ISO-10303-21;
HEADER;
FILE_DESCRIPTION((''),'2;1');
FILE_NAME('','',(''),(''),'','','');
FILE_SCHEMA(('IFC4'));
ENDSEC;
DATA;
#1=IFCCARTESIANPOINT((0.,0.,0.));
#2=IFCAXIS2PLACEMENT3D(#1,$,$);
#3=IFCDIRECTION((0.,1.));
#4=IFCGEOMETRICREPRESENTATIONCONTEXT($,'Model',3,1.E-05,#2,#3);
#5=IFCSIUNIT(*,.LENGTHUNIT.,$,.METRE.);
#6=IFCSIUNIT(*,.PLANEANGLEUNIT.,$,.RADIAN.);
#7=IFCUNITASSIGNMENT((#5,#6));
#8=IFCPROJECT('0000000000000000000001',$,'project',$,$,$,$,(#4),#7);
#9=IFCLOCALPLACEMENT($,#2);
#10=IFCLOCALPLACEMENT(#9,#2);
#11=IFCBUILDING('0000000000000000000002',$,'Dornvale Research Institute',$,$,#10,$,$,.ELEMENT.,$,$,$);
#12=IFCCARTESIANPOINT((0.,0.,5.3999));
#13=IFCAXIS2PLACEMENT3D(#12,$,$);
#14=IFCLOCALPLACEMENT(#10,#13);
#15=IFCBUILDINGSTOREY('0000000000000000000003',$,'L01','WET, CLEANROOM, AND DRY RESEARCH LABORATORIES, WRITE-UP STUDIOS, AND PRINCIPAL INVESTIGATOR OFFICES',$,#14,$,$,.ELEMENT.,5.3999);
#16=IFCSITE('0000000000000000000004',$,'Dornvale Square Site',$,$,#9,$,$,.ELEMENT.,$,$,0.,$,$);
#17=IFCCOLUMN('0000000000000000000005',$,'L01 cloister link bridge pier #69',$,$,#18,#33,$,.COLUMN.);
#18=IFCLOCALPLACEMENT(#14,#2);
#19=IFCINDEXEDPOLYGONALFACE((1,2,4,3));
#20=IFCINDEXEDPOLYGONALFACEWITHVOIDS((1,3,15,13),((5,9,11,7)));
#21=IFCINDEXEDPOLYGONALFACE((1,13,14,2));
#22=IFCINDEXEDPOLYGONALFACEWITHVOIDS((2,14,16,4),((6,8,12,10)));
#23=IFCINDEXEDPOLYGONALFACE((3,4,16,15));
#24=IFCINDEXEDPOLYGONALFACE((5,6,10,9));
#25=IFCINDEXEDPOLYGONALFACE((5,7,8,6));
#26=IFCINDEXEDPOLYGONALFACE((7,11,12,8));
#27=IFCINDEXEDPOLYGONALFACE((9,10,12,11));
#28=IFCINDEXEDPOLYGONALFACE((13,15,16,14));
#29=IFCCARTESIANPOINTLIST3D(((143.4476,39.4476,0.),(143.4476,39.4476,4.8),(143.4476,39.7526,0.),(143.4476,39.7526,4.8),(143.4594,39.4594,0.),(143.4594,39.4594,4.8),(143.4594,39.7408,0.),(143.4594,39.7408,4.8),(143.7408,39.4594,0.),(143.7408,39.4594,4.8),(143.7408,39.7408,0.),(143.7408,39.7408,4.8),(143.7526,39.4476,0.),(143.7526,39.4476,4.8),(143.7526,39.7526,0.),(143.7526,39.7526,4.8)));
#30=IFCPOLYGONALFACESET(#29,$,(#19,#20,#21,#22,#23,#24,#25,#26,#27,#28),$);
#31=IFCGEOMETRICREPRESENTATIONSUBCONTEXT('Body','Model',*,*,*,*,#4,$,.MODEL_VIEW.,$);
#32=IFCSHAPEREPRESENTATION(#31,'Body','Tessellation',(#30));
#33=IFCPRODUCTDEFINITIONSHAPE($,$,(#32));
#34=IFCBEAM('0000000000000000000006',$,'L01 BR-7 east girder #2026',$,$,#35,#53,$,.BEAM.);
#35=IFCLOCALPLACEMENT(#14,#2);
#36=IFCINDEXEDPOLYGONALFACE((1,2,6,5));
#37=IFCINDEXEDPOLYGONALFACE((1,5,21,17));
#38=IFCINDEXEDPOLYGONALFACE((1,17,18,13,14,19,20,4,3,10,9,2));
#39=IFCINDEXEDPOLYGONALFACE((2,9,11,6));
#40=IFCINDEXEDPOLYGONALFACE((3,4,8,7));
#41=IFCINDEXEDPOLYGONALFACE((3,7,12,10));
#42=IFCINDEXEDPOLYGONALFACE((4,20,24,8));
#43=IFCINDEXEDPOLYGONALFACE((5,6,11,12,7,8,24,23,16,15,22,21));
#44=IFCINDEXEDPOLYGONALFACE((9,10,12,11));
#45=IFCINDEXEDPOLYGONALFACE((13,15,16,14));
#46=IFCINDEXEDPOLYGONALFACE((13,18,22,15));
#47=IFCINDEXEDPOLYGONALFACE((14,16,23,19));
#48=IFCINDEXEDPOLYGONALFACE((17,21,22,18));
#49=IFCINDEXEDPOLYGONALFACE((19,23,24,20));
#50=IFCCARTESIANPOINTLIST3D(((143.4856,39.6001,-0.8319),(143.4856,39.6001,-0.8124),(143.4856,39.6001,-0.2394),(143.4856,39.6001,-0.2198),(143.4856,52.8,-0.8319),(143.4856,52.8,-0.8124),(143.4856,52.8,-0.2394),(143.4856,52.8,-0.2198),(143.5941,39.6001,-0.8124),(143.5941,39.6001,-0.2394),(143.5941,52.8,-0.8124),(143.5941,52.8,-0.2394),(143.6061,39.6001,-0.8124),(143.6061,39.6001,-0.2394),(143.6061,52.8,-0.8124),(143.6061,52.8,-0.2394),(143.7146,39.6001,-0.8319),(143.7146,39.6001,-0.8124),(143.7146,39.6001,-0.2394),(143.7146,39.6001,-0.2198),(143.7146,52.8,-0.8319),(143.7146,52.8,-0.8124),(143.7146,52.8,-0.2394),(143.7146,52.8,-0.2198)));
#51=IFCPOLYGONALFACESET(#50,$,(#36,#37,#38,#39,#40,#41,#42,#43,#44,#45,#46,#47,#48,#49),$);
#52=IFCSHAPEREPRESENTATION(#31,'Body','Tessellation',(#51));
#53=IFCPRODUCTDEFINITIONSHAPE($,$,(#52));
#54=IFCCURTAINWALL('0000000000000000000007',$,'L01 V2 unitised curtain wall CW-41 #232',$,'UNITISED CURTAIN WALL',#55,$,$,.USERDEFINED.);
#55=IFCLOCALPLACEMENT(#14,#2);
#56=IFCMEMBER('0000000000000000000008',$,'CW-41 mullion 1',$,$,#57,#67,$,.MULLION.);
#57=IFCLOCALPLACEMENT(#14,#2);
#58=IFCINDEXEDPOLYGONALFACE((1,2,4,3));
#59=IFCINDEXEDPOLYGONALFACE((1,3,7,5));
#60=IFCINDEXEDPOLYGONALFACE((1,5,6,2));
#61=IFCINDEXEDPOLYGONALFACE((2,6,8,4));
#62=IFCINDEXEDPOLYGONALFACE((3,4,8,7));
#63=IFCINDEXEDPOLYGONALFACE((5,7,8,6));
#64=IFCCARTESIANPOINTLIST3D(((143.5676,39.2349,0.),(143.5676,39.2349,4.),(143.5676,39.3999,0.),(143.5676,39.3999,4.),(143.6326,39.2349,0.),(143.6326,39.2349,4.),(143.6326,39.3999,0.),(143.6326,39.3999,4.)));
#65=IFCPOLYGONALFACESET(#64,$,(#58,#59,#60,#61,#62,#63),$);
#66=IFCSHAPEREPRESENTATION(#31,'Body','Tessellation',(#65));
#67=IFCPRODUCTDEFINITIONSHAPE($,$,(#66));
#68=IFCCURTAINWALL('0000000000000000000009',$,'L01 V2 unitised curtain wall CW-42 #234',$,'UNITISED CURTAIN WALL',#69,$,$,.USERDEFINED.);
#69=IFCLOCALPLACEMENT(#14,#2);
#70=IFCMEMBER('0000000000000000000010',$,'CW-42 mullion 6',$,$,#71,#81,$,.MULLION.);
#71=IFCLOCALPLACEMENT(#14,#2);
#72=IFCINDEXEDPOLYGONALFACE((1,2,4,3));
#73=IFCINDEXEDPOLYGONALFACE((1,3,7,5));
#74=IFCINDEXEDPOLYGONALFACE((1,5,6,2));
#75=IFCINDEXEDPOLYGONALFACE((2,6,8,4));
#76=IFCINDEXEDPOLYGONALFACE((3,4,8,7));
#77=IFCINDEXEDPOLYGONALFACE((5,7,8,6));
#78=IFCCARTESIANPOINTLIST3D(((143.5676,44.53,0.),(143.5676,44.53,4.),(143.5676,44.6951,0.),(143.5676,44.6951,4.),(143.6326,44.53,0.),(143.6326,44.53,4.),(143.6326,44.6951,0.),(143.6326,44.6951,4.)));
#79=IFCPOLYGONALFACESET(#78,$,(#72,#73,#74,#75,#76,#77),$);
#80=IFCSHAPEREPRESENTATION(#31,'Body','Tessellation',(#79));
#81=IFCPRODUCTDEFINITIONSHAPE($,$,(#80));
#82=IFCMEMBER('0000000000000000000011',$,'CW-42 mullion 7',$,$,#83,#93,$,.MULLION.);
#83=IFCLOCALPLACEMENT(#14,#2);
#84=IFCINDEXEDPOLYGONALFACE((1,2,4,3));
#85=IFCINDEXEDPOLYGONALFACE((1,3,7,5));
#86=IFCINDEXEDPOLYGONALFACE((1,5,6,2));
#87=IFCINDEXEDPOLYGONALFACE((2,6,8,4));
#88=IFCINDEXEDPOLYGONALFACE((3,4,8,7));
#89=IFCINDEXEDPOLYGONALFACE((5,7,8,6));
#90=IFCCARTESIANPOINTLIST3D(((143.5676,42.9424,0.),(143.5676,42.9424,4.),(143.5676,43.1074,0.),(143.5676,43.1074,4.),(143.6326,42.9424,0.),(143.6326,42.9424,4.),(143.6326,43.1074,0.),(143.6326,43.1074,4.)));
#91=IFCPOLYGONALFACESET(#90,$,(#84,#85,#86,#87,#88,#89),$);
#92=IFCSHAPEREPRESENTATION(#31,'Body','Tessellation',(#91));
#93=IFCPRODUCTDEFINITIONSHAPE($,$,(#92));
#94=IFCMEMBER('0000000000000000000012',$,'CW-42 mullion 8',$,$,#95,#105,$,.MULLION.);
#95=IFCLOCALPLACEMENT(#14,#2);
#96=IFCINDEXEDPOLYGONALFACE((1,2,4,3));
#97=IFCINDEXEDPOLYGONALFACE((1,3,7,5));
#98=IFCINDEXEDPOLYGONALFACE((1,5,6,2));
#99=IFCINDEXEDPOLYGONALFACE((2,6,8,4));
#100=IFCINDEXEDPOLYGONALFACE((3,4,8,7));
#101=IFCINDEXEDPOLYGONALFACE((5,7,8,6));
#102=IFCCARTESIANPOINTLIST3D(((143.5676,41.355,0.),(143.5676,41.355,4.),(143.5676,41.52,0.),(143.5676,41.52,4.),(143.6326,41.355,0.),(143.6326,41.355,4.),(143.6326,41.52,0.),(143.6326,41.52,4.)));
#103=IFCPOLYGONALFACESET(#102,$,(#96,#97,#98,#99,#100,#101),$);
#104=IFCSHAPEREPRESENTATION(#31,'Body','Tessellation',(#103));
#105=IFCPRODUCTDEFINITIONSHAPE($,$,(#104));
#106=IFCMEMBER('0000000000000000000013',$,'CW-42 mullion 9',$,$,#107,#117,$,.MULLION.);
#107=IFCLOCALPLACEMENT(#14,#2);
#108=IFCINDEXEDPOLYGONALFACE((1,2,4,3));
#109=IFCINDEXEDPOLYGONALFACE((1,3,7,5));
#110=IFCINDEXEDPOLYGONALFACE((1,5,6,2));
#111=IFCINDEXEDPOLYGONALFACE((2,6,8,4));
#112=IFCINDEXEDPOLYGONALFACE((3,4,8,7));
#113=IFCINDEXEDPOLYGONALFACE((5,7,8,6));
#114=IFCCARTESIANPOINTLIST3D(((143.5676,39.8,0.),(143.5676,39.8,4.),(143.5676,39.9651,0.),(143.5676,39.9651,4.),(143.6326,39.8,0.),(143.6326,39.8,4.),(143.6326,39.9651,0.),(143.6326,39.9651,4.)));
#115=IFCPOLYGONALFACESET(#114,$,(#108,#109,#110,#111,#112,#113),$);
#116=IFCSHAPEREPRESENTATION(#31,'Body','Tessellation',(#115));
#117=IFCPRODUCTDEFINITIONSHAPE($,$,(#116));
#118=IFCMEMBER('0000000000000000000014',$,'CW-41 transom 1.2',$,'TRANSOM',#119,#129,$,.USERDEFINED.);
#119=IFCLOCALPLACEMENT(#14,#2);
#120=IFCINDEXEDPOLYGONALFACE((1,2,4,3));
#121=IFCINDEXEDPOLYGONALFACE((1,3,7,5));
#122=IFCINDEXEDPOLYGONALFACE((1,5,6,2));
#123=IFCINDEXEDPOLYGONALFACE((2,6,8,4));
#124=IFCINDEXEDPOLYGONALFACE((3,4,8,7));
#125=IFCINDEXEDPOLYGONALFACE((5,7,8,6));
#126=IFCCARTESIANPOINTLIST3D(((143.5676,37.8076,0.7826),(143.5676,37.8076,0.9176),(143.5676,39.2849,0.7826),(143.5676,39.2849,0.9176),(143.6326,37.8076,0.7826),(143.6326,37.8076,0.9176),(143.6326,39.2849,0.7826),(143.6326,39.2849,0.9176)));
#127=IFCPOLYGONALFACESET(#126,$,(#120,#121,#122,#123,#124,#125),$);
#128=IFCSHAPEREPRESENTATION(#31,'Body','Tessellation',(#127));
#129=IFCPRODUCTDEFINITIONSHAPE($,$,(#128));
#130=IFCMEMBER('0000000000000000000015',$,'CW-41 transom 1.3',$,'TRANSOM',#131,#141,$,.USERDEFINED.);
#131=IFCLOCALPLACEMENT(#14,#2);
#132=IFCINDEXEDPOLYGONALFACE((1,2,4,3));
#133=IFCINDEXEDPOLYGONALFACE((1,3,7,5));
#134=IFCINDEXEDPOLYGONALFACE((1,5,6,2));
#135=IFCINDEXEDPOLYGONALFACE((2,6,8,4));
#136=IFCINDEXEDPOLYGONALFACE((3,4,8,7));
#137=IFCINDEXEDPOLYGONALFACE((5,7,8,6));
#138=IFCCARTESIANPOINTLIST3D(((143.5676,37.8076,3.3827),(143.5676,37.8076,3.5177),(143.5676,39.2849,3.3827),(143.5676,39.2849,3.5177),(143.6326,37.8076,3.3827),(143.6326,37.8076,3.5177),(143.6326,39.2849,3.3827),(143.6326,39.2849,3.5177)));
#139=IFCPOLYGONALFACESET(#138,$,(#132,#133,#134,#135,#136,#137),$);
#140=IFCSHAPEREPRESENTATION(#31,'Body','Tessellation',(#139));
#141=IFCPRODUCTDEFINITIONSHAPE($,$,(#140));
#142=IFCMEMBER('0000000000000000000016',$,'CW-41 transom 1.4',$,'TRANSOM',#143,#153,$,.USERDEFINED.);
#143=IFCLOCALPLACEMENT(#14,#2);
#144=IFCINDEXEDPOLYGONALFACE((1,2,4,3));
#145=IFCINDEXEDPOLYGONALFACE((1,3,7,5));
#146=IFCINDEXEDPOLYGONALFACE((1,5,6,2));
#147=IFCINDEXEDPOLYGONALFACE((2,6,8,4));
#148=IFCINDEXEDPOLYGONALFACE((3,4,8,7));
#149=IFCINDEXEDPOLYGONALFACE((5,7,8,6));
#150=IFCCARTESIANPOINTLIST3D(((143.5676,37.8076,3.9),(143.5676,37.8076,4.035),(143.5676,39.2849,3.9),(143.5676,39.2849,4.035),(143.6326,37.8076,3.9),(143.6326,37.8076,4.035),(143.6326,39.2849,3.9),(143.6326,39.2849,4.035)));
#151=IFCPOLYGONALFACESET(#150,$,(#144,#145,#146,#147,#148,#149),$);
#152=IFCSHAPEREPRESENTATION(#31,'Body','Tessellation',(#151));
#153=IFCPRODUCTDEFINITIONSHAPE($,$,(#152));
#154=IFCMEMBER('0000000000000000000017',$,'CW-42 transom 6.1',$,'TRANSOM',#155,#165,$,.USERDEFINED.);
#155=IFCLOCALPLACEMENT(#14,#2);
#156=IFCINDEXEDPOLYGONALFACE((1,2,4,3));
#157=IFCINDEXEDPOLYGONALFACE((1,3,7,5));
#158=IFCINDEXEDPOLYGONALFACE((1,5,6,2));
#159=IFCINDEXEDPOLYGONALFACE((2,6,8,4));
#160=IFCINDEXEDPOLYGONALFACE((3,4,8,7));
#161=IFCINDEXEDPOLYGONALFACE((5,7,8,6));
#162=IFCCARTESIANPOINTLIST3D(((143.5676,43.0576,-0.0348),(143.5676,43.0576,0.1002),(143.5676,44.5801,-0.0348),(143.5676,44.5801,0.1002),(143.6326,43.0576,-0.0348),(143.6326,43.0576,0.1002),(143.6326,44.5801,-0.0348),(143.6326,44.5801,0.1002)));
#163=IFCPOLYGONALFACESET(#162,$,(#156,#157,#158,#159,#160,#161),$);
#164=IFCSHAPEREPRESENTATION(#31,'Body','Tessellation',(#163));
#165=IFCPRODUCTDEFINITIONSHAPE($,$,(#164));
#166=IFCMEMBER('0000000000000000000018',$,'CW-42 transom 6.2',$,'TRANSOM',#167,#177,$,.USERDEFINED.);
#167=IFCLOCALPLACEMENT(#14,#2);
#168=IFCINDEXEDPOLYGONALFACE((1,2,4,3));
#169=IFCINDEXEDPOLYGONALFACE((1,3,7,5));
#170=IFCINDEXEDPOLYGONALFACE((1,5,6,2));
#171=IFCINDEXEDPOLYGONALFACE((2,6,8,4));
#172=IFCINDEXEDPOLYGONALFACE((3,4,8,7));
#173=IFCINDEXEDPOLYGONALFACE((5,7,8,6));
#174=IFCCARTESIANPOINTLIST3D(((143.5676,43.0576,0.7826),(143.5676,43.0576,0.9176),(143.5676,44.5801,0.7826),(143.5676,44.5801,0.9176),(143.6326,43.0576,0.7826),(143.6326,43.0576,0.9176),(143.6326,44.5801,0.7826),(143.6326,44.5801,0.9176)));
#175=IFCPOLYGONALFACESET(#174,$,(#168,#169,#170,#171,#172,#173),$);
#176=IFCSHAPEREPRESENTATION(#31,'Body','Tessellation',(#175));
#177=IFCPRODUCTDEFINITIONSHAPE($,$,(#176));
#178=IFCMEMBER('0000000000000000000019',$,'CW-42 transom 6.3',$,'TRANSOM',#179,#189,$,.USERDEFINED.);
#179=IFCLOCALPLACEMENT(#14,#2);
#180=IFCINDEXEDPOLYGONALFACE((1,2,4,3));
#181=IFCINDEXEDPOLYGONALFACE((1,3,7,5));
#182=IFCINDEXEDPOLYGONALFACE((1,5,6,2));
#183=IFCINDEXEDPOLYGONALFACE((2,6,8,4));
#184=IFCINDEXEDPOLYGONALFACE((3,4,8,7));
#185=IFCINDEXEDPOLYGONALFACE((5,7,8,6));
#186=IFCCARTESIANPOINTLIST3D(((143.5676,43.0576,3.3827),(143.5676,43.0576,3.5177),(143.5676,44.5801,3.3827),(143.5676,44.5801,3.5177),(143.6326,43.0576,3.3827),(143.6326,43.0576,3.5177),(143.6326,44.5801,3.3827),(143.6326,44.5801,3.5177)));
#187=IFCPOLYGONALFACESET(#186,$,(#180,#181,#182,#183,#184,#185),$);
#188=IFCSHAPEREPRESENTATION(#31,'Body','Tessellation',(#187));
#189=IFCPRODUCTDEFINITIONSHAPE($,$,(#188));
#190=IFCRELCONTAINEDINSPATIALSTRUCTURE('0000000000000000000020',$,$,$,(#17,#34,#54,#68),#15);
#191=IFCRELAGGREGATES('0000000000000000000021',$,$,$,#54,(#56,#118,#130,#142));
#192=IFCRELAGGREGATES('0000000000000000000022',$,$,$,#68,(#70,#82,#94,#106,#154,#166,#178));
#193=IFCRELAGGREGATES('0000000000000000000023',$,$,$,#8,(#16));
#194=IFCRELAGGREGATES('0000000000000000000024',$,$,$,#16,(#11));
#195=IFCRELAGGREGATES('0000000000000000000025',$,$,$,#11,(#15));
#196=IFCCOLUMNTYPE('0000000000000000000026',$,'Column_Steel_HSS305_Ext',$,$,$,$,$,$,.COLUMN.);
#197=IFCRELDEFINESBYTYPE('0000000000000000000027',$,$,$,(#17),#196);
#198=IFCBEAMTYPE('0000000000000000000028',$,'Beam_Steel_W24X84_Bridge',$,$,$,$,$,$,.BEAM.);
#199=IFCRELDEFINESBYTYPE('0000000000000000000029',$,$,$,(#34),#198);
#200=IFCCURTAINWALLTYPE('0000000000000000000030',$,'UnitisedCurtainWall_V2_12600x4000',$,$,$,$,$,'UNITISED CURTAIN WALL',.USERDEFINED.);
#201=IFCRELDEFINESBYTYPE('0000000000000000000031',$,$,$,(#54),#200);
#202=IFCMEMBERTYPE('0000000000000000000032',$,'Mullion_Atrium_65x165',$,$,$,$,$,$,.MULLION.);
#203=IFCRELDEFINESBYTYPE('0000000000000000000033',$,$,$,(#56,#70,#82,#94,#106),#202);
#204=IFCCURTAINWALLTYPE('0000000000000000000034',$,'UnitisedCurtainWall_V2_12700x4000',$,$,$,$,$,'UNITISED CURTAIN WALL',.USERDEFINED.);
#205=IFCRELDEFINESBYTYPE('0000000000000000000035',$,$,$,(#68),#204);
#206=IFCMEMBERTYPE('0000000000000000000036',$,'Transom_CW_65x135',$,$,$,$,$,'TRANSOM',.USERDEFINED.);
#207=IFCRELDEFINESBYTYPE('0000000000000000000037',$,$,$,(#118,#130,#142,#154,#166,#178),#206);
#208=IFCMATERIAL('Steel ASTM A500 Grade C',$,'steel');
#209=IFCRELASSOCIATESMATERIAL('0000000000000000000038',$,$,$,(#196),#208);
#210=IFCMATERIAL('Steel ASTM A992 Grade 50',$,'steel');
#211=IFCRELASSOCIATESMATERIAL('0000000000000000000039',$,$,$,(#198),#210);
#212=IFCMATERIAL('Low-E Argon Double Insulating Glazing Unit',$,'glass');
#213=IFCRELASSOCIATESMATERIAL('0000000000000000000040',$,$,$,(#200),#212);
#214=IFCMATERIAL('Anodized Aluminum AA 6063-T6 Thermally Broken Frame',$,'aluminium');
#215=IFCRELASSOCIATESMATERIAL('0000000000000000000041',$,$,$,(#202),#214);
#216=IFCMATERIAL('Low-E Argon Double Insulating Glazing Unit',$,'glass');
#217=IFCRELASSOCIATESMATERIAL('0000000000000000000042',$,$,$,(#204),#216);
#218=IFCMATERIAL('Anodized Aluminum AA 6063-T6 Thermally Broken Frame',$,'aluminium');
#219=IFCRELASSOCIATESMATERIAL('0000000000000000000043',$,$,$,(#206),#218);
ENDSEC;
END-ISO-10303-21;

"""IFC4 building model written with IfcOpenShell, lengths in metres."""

from ifc_helpers import new_model, si_unit, direction, frame, origin, origin_2d, place, context, subcontext, project, spatial, rectangle, hollow_rectangle, i_section, extrude, material, material_profile, profile_set, type_object, element, aggregate, save


model = new_model("IFC4")

# Units and contexts
model_context = context("Model", 3, precision=1e-05, world=origin(), true_north=direction((0.0, 1.0)))
body_context = subcontext(model_context, "Body", "Model", "MODEL_VIEW")
ifc_project = project(units=[si_unit("LENGTHUNIT", "METRE"), si_unit("PLANEANGLEUNIT", "RADIAN")], contexts=[model_context])

# Site, building, storey
site_placement = place(None, origin())
site = spatial("IfcSite", under=ifc_project, at=site_placement, Name="Dornvale Square Site", CompositionType="ELEMENT", RefElevation=0.0)
building_placement = place(site_placement, origin())
building = spatial("IfcBuilding", under=site, at=building_placement, Name="Dornvale Research Institute", CompositionType="ELEMENT")
storey_placement = place(building_placement, frame((0.0, 0.0, 5.3999)))
storey = spatial("IfcBuildingStorey", under=building, at=storey_placement, Name="L01", Description="WET, CLEANROOM, AND DRY RESEARCH LABORATORIES, WRITE-UP STUDIOS, AND PRINCIPAL INVESTIGATOR OFFICES", CompositionType="ELEMENT", Elevation=5.3999)

# Column
ifc_material_1 = material(Name="Steel ASTM A500 Grade C", Category="steel")
ifc_material_profile_1 = material_profile(ifc_material_1, hollow_rectangle(XDim=0.3049, YDim=0.3049, WallThickness=0.0117, at=origin_2d()), Name="HSS305X305X12.7")
ifc_profile_set_1 = profile_set([ifc_material_profile_1], Name="Steel ASTM A500 Grade C")
column_type = type_object("IfcColumnType", Name="Column_Steel_HSS305_Ext", PredefinedType="COLUMN", material=ifc_profile_set_1)
column_placement = place(storey_placement, frame((143.6001, 39.6001, 0.0), z_axis=(0.0, 0.0, 1.0), x_axis=(1.0, 0.0, 0.0)))
element("IfcColumn", 1, at=column_placement, inside=storey, type_object=column_type, Name="L01 cloister link bridge pier #69", PredefinedType="COLUMN", context=body_context, shape_type="SweptSolid", body=[
    extrude(hollow_rectangle(XDim=0.3049, YDim=0.3049, WallThickness=0.0117, at=origin_2d()), origin(), (0.0, 0.0, 1.0), 4.8),
])

# Beam
ifc_material_2 = material(Name="Steel ASTM A992 Grade 50", Category="steel")
ifc_material_profile_2 = material_profile(ifc_material_2, i_section(OverallWidth=0.229, OverallDepth=0.6121, WebThickness=0.012, FlangeThickness=0.0195, at=origin_2d()), Name="W24X84")
ifc_profile_set_2 = profile_set([ifc_material_profile_2], Name="Steel ASTM A992 Grade 50")
beam_type = type_object("IfcBeamType", Name="Beam_Steel_W24X84_Bridge", PredefinedType="BEAM", material=ifc_profile_set_2)
beam_placement = place(storey_placement, frame((143.6001, 39.6001, -0.5259), z_axis=(0.0, 1.0, 0.0), x_axis=(-1.0, 0.0, 0.0)))
element("IfcBeam", 2, at=beam_placement, inside=storey, type_object=beam_type, Name="L01 BR-7 east girder #2026", PredefinedType="BEAM", context=body_context, shape_type="SweptSolid", body=[
    extrude(i_section(OverallWidth=0.229, OverallDepth=0.6121, WebThickness=0.012, FlangeThickness=0.0195, at=origin_2d()), origin(), (0.0, 0.0, 1.0), 13.2),
])

# Curtain wall, member
ifc_material_3 = material(Name="Low-E Argon Double Insulating Glazing Unit", Category="glass")
curtain_wall_type_1 = type_object("IfcCurtainWallType", Name="UnitisedCurtainWall_V2_12600x4000", ElementType="UNITISED CURTAIN WALL", PredefinedType="USERDEFINED", material=ifc_material_3)
curtain_wall_1_placement = place(storey_placement, origin())
curtain_wall_1 = element("IfcCurtainWall", 3, at=curtain_wall_1_placement, inside=storey, type_object=curtain_wall_type_1, Name="L01 V2 unitised curtain wall CW-41 #232", ObjectType="UNITISED CURTAIN WALL", PredefinedType="USERDEFINED")
ifc_material_4 = material(Name="Anodized Aluminum AA 6063-T6 Thermally Broken Frame", Category="aluminium")
ifc_material_profile_3 = material_profile(ifc_material_4, rectangle(XDim=0.0649, YDim=0.165, at=origin_2d()), Name="ALU MULLION 65x165")
ifc_profile_set_3 = profile_set([ifc_material_profile_3], Name="Anodized Aluminum AA 6063-T6 Thermally Broken Frame")
member_type_1 = type_object("IfcMemberType", Name="Mullion_Atrium_65x165", PredefinedType="MULLION", material=ifc_profile_set_3)
member_1_placement = place(storey_placement, frame((143.6001, 39.3174, 0.0), z_axis=(0.0, 0.0, 1.0), x_axis=(1.0, 0.0, 0.0)))
member_1 = element("IfcMember", 4, at=member_1_placement, type_object=member_type_1, Name="CW-41 mullion 1", PredefinedType="MULLION", context=body_context, shape_type="SweptSolid", body=[
    extrude(rectangle(XDim=0.0649, YDim=0.165, at=origin_2d()), origin(), (0.0, 0.0, 1.0), 4.0),
])

# Curtain wall, members
ifc_material_5 = material(Name="Low-E Argon Double Insulating Glazing Unit", Category="glass")
curtain_wall_type_2 = type_object("IfcCurtainWallType", Name="UnitisedCurtainWall_V2_12700x4000", ElementType="UNITISED CURTAIN WALL", PredefinedType="USERDEFINED", material=ifc_material_5)
curtain_wall_2_placement = place(storey_placement, origin())
curtain_wall_2 = element("IfcCurtainWall", 5, at=curtain_wall_2_placement, inside=storey, type_object=curtain_wall_type_2, Name="L01 V2 unitised curtain wall CW-42 #234", ObjectType="UNITISED CURTAIN WALL", PredefinedType="USERDEFINED")
member_2_placement = place(storey_placement, frame((143.6001, 44.6125, 0.0), z_axis=(0.0, 0.0, 1.0), x_axis=(1.0, 0.0, 0.0)))
member_2 = element("IfcMember", 6, at=member_2_placement, type_object=member_type_1, Name="CW-42 mullion 6", PredefinedType="MULLION", context=body_context, shape_type="SweptSolid", body=[
    extrude(rectangle(XDim=0.0649, YDim=0.165, at=origin_2d()), origin(), (0.0, 0.0, 1.0), 4.0),
])
member_3_placement = place(storey_placement, frame((143.6001, 43.0249, 0.0), z_axis=(0.0, 0.0, 1.0), x_axis=(1.0, 0.0, 0.0)))
member_3 = element("IfcMember", 7, at=member_3_placement, type_object=member_type_1, Name="CW-42 mullion 7", PredefinedType="MULLION", context=body_context, shape_type="SweptSolid", body=[
    extrude(rectangle(XDim=0.0649, YDim=0.165, at=origin_2d()), origin(), (0.0, 0.0, 1.0), 4.0),
])
member_4_placement = place(storey_placement, frame((143.6001, 41.4375, 0.0), z_axis=(0.0, 0.0, 1.0), x_axis=(1.0, 0.0, 0.0)))
member_4 = element("IfcMember", 8, at=member_4_placement, type_object=member_type_1, Name="CW-42 mullion 8", PredefinedType="MULLION", context=body_context, shape_type="SweptSolid", body=[
    extrude(rectangle(XDim=0.0649, YDim=0.165, at=origin_2d()), origin(), (0.0, 0.0, 1.0), 4.0),
])
member_5_placement = place(storey_placement, frame((143.6001, 39.8826, 0.0), z_axis=(0.0, 0.0, 1.0), x_axis=(1.0, 0.0, 0.0)))
member_5 = element("IfcMember", 9, at=member_5_placement, type_object=member_type_1, Name="CW-42 mullion 9", PredefinedType="MULLION", context=body_context, shape_type="SweptSolid", body=[
    extrude(rectangle(XDim=0.0649, YDim=0.165, at=origin_2d()), origin(), (0.0, 0.0, 1.0), 4.0),
])

# Members
ifc_material_6 = material(Name="Anodized Aluminum AA 6063-T6 Thermally Broken Frame", Category="aluminium")
ifc_material_profile_4 = material_profile(ifc_material_6, rectangle(XDim=0.0649, YDim=0.135, at=origin_2d()), Name="ALU TRANSOM 65x135")
ifc_profile_set_4 = profile_set([ifc_material_profile_4], Name="Anodized Aluminum AA 6063-T6 Thermally Broken Frame")
member_type_2 = type_object("IfcMemberType", Name="Transom_CW_65x135", ElementType="TRANSOM", PredefinedType="USERDEFINED", material=ifc_profile_set_4)
member_6_placement = place(storey_placement, frame((143.6001, 39.2849, 0.8501), z_axis=(0.0, -1.0, 0.0), x_axis=(1.0, 0.0, 0.0)))
member_6 = element("IfcMember", 10, at=member_6_placement, type_object=member_type_2, Name="CW-41 transom 1.2", ObjectType="TRANSOM", PredefinedType="USERDEFINED", context=body_context, shape_type="SweptSolid", body=[
    extrude(rectangle(XDim=0.0649, YDim=0.135, at=origin_2d()), origin(), (0.0, 0.0, 1.0), 1.4773),
])
member_7_placement = place(storey_placement, frame((143.6001, 39.2849, 3.4502), z_axis=(0.0, -1.0, 0.0), x_axis=(1.0, 0.0, 0.0)))
member_7 = element("IfcMember", 11, at=member_7_placement, type_object=member_type_2, Name="CW-41 transom 1.3", ObjectType="TRANSOM", PredefinedType="USERDEFINED", context=body_context, shape_type="SweptSolid", body=[
    extrude(rectangle(XDim=0.0649, YDim=0.135, at=origin_2d()), origin(), (0.0, 0.0, 1.0), 1.4773),
])
member_8_placement = place(storey_placement, frame((143.6001, 39.2849, 3.9675), z_axis=(0.0, -1.0, 0.0), x_axis=(1.0, 0.0, 0.0)))
member_8 = element("IfcMember", 12, at=member_8_placement, type_object=member_type_2, Name="CW-41 transom 1.4", ObjectType="TRANSOM", PredefinedType="USERDEFINED", context=body_context, shape_type="SweptSolid", body=[
    extrude(rectangle(XDim=0.0649, YDim=0.135, at=origin_2d()), origin(), (0.0, 0.0, 1.0), 1.4773),
])
aggregate(curtain_wall_1, [member_1, member_6, member_7, member_8])
member_9_placement = place(storey_placement, frame((143.6001, 44.5801, 0.0327), z_axis=(0.0, -1.0, 0.0), x_axis=(1.0, 0.0, 0.0)))
member_9 = element("IfcMember", 13, at=member_9_placement, type_object=member_type_2, Name="CW-42 transom 6.1", ObjectType="TRANSOM", PredefinedType="USERDEFINED", context=body_context, shape_type="SweptSolid", body=[
    extrude(rectangle(XDim=0.0649, YDim=0.135, at=origin_2d()), origin(), (0.0, 0.0, 1.0), 1.5225),
])
member_10_placement = place(storey_placement, frame((143.6001, 44.5801, 0.8501), z_axis=(0.0, -1.0, 0.0), x_axis=(1.0, 0.0, 0.0)))
member_10 = element("IfcMember", 14, at=member_10_placement, type_object=member_type_2, Name="CW-42 transom 6.2", ObjectType="TRANSOM", PredefinedType="USERDEFINED", context=body_context, shape_type="SweptSolid", body=[
    extrude(rectangle(XDim=0.0649, YDim=0.135, at=origin_2d()), origin(), (0.0, 0.0, 1.0), 1.5225),
])
member_11_placement = place(storey_placement, frame((143.6001, 44.5801, 3.4502), z_axis=(0.0, -1.0, 0.0), x_axis=(1.0, 0.0, 0.0)))
member_11 = element("IfcMember", 15, at=member_11_placement, type_object=member_type_2, Name="CW-42 transom 6.3", ObjectType="TRANSOM", PredefinedType="USERDEFINED", context=body_context, shape_type="SweptSolid", body=[
    extrude(rectangle(XDim=0.0649, YDim=0.135, at=origin_2d()), origin(), (0.0, 0.0, 1.0), 1.5225),
])

aggregate(curtain_wall_2, [member_2, member_3, member_4, member_5, member_9, member_10, member_11])

save(model, "model.ifc")
